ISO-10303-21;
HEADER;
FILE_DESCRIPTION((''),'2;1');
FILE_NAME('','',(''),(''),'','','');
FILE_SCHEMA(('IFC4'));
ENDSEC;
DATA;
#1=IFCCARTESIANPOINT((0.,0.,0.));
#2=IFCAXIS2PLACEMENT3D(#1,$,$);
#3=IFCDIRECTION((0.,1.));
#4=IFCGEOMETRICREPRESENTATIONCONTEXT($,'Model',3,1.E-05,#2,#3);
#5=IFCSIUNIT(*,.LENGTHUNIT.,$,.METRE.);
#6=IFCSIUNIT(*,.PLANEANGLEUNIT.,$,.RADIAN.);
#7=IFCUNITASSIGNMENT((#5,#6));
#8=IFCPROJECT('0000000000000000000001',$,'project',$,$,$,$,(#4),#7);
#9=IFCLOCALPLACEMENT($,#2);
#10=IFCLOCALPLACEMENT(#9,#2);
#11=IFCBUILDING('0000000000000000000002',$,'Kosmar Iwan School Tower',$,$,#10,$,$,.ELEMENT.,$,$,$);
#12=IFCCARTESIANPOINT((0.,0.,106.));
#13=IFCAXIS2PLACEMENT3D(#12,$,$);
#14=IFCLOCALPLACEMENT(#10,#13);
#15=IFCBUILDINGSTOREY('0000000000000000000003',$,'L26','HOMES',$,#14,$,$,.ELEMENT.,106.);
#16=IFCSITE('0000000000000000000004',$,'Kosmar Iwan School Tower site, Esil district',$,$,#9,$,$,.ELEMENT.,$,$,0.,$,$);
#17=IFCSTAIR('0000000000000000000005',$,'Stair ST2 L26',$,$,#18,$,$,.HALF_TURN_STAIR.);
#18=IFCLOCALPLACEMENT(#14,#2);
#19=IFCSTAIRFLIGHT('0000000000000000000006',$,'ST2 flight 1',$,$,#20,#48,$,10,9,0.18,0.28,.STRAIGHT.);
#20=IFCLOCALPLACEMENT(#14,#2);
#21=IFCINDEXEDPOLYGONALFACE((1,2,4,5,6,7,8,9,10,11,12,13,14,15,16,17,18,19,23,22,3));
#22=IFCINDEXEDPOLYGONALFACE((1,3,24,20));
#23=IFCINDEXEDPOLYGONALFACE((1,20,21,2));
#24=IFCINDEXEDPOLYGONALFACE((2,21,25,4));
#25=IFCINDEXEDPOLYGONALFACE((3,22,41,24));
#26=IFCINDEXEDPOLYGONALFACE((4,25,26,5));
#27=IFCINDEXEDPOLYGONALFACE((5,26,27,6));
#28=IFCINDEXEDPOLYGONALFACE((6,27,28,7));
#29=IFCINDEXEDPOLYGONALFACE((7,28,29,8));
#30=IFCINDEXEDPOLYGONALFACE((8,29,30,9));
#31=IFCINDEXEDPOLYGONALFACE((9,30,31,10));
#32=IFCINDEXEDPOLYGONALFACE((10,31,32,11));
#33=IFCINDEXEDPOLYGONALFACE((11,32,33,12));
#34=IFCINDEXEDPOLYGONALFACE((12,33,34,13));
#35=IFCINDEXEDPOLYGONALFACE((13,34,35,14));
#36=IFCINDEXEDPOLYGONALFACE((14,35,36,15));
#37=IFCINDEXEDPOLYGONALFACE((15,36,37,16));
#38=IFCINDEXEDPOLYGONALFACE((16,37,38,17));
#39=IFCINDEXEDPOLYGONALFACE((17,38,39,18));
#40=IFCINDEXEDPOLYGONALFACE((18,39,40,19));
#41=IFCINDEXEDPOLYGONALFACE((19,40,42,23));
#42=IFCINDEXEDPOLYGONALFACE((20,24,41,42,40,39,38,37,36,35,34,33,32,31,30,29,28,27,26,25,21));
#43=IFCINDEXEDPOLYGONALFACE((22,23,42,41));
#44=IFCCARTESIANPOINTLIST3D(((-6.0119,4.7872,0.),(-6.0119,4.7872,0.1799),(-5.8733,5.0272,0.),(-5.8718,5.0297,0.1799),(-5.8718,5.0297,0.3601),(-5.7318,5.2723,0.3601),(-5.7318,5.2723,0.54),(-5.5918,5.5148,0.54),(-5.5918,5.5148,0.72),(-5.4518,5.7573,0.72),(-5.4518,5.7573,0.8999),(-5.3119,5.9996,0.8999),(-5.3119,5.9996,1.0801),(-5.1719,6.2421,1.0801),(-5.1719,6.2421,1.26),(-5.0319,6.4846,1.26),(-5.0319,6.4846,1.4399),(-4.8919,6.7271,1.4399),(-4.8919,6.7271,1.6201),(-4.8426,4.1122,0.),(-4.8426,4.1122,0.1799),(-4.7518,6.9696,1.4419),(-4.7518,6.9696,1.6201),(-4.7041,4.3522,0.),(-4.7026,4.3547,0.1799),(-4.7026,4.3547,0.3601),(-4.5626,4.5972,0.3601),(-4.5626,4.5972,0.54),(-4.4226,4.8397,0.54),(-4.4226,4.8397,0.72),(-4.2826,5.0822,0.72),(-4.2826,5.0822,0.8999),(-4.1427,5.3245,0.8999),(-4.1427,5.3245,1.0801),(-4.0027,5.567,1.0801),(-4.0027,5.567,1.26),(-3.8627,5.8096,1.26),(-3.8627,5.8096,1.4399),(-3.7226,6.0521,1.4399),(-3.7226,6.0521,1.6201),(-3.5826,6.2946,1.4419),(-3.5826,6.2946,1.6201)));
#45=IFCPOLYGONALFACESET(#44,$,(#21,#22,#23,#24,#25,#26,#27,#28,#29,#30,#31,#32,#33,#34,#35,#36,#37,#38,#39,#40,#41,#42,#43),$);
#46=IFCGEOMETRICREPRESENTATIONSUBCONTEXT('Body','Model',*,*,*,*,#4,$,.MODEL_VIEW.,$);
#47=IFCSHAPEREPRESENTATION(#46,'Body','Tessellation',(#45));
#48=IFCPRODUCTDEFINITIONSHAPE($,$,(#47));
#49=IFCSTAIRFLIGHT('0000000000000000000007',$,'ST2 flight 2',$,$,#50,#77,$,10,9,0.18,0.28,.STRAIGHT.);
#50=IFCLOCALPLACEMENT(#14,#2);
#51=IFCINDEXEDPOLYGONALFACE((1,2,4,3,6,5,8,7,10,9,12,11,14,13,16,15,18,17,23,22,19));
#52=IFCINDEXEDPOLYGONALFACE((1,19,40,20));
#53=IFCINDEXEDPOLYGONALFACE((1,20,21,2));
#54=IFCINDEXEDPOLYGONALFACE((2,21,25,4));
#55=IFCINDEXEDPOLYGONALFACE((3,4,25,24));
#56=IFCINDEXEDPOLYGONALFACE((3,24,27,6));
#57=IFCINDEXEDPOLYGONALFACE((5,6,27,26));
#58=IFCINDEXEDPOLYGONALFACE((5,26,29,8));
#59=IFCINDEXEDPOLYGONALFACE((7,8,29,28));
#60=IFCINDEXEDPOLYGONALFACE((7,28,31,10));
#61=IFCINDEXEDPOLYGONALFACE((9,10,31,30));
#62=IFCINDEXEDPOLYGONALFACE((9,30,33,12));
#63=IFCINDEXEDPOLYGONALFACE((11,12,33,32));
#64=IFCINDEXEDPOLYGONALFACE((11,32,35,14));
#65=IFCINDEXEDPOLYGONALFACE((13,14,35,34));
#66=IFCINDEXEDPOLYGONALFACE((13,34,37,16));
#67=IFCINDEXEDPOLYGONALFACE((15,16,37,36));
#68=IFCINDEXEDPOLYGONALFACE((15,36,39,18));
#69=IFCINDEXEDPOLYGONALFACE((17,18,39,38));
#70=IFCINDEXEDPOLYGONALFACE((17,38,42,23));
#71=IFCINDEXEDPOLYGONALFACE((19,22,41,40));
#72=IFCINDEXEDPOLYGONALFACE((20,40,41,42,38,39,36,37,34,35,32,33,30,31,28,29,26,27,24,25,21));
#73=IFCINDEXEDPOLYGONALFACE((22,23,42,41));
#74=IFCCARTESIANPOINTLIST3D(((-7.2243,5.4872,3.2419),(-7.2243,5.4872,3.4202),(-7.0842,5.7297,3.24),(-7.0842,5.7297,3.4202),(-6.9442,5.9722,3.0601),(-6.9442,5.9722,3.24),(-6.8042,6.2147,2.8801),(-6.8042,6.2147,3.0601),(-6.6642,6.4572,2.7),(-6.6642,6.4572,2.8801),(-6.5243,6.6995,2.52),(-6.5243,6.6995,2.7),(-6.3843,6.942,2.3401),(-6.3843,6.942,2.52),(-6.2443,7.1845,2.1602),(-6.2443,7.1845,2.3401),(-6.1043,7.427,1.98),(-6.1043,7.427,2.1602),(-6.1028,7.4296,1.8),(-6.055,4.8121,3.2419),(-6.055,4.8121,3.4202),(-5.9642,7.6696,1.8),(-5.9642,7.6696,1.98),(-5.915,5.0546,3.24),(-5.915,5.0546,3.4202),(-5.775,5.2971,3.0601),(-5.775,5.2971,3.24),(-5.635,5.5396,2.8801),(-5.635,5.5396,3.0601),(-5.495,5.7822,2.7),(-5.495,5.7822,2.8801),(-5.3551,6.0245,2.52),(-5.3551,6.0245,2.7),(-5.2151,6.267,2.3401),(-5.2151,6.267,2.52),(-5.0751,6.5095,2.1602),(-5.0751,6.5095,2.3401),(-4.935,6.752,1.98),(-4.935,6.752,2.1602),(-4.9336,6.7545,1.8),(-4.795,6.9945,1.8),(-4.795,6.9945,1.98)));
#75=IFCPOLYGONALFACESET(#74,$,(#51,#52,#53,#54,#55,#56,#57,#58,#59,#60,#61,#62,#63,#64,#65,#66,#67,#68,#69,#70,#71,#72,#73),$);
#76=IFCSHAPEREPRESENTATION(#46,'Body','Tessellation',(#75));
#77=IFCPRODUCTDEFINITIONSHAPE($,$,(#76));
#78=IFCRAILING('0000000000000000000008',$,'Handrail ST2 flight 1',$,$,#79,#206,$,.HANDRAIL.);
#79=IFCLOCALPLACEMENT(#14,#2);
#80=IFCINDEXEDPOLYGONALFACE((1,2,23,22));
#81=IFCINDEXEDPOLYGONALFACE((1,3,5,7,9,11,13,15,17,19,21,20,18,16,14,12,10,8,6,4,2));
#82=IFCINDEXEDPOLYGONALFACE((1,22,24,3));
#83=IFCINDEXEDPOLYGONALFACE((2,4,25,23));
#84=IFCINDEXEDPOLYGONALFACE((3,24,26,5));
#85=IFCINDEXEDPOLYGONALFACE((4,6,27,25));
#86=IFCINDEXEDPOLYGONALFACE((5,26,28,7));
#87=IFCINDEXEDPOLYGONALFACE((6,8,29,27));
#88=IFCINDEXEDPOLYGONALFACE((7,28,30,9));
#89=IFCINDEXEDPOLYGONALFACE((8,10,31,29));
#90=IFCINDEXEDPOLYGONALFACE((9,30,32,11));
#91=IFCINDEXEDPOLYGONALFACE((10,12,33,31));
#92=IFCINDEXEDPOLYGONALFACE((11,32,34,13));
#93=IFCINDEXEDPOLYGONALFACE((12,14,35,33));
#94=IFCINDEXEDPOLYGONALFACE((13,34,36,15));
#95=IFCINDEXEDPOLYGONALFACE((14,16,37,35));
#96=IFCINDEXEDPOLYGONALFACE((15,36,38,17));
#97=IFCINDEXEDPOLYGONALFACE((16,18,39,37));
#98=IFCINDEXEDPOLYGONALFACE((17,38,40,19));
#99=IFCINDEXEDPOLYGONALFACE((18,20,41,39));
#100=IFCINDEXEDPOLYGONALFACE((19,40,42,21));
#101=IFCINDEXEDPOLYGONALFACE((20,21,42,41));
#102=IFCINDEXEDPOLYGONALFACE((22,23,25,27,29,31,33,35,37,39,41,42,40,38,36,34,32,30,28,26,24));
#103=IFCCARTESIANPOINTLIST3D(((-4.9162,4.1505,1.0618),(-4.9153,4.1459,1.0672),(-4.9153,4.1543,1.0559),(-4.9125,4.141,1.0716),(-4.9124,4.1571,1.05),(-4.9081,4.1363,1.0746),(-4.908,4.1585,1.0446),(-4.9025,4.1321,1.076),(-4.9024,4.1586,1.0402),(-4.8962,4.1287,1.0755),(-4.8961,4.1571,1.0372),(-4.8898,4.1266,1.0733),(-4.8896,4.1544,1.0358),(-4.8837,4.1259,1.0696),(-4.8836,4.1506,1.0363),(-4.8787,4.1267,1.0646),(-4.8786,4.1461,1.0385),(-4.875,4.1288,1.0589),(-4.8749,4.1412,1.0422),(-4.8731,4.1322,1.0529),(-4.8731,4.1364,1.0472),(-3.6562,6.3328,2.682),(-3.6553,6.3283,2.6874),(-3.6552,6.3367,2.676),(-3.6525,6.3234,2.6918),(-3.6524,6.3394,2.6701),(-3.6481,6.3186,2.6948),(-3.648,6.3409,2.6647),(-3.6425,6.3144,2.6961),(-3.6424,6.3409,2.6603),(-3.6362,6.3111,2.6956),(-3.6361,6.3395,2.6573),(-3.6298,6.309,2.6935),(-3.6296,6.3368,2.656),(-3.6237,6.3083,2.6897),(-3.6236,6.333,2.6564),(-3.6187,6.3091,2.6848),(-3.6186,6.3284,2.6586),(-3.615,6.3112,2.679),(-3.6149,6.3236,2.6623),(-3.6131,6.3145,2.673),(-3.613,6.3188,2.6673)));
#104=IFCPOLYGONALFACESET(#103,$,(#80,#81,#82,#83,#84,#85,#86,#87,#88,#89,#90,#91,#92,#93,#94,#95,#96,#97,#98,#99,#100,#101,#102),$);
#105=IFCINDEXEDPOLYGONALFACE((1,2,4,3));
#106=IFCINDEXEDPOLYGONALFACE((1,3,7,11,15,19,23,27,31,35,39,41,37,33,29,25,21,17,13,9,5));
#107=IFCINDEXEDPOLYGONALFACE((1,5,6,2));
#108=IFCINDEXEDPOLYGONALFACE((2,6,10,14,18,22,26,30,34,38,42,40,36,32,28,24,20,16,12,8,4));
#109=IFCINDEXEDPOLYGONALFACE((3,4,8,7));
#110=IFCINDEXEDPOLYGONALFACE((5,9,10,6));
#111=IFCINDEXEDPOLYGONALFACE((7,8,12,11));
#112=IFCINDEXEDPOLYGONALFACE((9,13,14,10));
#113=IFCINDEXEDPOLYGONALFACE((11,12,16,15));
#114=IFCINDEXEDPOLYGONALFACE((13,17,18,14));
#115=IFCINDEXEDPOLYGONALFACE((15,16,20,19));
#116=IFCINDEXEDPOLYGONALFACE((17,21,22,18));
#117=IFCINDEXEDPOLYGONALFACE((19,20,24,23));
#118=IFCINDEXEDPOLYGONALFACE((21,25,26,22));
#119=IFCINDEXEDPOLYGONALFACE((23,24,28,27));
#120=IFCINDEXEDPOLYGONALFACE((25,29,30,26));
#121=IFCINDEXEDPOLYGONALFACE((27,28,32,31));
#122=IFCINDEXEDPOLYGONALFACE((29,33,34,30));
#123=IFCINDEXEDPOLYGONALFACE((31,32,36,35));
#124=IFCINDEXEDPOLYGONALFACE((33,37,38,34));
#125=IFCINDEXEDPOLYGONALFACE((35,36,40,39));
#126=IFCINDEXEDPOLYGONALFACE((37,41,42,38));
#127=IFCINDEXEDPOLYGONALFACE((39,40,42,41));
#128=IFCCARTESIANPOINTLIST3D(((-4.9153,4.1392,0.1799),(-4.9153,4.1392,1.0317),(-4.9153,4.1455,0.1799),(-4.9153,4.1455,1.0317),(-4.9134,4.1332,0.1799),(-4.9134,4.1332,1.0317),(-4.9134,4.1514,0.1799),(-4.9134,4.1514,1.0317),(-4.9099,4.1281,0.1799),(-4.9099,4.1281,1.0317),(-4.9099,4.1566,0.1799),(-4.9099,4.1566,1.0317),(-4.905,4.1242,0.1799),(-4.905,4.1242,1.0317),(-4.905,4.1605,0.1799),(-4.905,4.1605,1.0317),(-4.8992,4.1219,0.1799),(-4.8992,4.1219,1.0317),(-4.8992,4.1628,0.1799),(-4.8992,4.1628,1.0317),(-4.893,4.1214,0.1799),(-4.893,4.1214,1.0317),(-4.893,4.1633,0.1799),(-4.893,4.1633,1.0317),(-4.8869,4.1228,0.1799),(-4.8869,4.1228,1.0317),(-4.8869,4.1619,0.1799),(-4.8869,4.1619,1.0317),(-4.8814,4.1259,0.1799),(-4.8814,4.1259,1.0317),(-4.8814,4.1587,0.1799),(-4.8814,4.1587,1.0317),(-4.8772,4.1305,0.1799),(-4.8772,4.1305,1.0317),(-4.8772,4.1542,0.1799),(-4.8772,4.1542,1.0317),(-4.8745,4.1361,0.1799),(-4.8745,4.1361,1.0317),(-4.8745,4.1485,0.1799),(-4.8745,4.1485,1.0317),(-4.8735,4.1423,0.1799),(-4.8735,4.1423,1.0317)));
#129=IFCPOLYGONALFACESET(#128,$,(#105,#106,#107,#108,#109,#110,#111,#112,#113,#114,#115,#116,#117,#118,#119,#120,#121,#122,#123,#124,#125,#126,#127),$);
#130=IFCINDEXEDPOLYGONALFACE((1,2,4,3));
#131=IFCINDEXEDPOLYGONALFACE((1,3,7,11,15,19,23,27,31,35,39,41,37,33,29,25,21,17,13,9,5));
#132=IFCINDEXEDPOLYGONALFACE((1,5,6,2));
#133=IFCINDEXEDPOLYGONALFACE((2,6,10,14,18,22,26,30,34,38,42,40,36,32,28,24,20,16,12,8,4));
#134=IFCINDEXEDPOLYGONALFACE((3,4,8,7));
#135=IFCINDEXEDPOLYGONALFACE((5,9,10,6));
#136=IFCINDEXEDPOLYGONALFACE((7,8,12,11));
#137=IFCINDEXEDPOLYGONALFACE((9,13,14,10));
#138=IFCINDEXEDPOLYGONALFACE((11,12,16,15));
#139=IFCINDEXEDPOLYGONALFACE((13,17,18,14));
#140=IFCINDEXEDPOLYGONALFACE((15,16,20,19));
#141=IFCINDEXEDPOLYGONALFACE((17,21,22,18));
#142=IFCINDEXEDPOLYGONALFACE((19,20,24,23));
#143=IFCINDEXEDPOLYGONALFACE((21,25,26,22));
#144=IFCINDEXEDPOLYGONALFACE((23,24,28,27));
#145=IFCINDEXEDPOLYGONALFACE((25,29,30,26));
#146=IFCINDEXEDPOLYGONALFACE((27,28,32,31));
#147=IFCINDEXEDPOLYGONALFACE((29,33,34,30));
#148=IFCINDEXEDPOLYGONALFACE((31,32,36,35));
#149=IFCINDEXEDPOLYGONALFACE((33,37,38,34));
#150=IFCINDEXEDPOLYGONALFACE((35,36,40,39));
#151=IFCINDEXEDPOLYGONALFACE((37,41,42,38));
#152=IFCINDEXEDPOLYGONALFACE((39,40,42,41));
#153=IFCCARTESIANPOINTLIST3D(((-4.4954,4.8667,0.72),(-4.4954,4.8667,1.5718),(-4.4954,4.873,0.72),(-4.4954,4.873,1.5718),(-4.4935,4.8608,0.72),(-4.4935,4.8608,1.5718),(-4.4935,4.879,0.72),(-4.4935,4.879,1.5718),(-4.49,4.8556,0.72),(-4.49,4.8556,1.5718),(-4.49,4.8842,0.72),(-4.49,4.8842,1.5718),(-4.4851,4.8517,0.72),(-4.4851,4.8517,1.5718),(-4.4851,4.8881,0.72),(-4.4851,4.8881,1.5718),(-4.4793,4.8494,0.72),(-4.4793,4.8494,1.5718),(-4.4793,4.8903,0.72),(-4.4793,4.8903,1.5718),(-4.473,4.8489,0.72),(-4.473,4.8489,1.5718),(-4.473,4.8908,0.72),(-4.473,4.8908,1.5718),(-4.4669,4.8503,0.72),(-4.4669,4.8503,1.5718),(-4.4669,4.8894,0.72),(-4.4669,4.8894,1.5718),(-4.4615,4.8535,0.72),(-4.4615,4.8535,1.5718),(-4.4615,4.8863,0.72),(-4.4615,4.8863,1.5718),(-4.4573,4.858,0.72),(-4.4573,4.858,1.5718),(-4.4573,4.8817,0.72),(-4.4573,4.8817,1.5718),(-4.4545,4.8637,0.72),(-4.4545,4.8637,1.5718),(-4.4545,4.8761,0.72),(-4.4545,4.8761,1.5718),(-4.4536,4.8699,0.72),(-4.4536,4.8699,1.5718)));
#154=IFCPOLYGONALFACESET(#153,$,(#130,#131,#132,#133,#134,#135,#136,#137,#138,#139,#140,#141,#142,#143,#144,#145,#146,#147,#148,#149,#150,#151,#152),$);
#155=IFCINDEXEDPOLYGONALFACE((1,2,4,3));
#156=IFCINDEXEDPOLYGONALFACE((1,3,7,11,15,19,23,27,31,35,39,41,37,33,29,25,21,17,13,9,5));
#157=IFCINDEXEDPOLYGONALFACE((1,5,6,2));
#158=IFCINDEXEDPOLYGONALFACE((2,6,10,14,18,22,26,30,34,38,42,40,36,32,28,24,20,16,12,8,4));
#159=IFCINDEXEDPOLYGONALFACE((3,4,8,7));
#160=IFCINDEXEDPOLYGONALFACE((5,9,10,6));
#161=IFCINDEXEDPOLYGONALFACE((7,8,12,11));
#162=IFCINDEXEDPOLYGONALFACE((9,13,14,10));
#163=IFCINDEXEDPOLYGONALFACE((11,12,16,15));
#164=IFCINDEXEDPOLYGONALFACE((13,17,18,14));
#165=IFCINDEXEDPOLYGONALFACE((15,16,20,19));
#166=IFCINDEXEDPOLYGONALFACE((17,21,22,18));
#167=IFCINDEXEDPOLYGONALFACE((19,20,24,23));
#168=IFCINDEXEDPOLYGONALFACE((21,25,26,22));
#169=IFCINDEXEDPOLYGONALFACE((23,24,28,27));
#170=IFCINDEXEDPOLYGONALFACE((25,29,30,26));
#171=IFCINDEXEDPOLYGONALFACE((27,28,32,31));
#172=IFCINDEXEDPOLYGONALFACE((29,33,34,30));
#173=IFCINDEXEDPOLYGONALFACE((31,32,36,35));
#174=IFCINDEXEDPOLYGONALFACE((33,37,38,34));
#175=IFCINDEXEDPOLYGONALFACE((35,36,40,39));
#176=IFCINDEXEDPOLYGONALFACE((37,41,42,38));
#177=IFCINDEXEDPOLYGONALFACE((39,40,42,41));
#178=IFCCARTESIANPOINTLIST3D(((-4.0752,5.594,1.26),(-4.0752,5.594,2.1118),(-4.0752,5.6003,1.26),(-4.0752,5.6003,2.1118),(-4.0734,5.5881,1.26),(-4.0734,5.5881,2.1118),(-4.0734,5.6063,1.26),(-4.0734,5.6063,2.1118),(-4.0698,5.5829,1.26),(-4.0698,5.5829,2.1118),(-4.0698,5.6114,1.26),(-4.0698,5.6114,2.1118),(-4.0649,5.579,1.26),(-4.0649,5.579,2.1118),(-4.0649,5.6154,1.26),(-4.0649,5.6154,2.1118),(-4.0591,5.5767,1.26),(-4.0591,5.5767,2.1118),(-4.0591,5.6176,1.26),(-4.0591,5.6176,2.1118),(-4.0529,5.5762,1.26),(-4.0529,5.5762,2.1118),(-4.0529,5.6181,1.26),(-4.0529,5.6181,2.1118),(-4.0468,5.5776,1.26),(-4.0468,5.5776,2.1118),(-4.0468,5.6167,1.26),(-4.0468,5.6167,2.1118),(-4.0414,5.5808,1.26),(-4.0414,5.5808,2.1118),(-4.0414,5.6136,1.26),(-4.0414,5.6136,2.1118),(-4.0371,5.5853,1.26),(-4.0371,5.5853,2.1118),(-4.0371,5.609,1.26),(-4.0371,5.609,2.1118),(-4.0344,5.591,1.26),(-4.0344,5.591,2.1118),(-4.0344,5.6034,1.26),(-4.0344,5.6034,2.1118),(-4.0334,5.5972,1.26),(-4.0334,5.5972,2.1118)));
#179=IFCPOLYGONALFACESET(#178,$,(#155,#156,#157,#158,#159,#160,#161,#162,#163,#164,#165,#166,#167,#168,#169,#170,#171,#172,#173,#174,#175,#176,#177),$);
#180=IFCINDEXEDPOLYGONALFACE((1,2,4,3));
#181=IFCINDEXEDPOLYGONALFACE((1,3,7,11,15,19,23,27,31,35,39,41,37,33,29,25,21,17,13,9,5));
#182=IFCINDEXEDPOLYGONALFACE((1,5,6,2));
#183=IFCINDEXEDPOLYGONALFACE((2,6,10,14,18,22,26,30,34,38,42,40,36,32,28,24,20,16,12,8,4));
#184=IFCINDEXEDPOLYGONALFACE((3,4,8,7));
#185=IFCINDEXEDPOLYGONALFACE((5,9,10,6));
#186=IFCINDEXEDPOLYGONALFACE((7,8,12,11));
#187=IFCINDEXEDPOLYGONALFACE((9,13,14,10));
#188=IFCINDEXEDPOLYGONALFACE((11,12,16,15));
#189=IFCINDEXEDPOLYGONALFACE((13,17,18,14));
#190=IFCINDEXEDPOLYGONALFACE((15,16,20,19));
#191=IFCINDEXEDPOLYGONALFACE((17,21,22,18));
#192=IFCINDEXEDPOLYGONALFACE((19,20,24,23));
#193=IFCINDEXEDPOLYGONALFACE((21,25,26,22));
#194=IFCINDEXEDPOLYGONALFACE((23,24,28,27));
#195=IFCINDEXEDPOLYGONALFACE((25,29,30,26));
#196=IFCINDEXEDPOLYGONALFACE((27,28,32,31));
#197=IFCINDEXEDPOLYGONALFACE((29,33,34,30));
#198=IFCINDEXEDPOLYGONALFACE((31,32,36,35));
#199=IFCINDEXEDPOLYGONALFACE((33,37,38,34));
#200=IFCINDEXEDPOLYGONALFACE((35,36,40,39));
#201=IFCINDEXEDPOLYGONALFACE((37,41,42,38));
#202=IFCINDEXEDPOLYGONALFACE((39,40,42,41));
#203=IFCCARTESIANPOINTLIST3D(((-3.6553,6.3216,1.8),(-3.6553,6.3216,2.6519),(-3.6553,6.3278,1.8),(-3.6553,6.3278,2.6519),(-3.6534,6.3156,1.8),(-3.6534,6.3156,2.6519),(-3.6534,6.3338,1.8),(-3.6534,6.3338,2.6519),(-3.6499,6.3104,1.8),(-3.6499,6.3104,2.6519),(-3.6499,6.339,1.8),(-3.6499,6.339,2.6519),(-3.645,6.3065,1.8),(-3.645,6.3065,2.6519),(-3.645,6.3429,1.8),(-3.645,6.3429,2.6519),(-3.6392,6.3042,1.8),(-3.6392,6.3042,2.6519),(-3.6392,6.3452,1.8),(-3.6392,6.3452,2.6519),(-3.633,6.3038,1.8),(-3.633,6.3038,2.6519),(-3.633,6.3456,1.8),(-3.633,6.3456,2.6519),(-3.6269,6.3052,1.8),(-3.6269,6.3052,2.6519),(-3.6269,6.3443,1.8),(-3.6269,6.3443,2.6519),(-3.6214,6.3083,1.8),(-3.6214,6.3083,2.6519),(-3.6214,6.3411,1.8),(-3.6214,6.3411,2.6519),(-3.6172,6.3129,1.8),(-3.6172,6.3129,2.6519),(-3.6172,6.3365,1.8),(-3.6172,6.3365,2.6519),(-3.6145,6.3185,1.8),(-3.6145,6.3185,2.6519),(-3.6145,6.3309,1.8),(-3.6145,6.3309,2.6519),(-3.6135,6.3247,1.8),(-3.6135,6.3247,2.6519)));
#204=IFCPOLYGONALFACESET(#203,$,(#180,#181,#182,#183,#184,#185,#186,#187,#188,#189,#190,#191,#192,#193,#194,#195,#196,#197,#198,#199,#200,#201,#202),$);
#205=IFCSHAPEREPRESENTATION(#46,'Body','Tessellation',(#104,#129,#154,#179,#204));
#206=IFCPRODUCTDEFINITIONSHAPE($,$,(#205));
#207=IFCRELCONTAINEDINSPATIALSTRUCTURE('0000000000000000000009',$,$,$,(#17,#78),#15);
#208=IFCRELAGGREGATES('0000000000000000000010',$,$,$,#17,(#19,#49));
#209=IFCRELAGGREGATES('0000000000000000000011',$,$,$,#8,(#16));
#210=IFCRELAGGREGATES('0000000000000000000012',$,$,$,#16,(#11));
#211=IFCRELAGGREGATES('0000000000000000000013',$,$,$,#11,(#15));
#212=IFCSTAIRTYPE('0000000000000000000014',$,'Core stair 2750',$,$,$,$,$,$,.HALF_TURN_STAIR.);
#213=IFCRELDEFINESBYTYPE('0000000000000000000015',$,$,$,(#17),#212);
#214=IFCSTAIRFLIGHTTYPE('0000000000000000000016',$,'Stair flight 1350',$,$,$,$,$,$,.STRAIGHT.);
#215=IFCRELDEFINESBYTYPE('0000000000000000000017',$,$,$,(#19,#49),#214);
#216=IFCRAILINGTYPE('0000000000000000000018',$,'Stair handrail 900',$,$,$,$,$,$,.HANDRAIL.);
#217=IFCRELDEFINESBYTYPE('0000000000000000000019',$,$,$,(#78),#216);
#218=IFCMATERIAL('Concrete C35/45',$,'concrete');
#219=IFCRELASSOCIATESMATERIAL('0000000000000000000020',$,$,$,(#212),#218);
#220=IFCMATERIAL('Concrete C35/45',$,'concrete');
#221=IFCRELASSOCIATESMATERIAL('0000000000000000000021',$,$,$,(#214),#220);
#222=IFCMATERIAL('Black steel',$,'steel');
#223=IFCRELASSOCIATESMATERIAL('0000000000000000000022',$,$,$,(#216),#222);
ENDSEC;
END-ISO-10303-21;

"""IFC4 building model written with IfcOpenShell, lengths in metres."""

from ifc_helpers import new_model, si_unit, direction, frame, origin, origin_2d, place, context, subcontext, project, spatial, polyline, circle, outline, extrude, material, type_object, element, aggregate, save


model = new_model("IFC4")

# Units and contexts
model_context = context("Model", 3, precision=1e-05, world=origin(), true_north=direction((0.0, 1.0)))
body_context = subcontext(model_context, "Body", "Model", "MODEL_VIEW")
ifc_project = project(units=[si_unit("LENGTHUNIT", "METRE"), si_unit("PLANEANGLEUNIT", "RADIAN")], contexts=[model_context])

# Site, building, storey
site_placement = place(None, origin())
site = spatial("IfcSite", under=ifc_project, at=site_placement, Name="Kosmar Iwan School Tower site, Esil district", CompositionType="ELEMENT", RefElevation=0.0)
building_placement = place(site_placement, origin())
building = spatial("IfcBuilding", under=site, at=building_placement, Name="Kosmar Iwan School Tower", CompositionType="ELEMENT")
storey_placement = place(building_placement, frame((0.0, 0.0, 106.0)))
storey = spatial("IfcBuildingStorey", under=building, at=storey_placement, Name="L26", Description="HOMES", CompositionType="ELEMENT", Elevation=106.0)

# Stair, stair flights
ifc_material_1 = material(Name="Concrete C35/45", Category="concrete")
stair_type = type_object("IfcStairType", Name="Core stair 2750", PredefinedType="HALF_TURN_STAIR", material=ifc_material_1)
stair_placement = place(storey_placement, origin())
stair = element("IfcStair", 1, at=stair_placement, inside=storey, type_object=stair_type, Name="Stair ST2 L26", PredefinedType="HALF_TURN_STAIR")
ifc_material_2 = material(Name="Concrete C35/45", Category="concrete")
stair_flight_type = type_object("IfcStairFlightType", Name="Stair flight 1350", PredefinedType="STRAIGHT", material=ifc_material_2)
stair_flight_1_placement = place(storey_placement, frame((-5.4272, 4.4497, 0.0), z_axis=(0.0, 0.0, 1.0), x_axis=(0.5, 0.866025, 0.0)))
stair_flight_1 = element("IfcStairFlight", 2, at=stair_flight_1_placement, type_object=stair_flight_type, Name="ST2 flight 1", NumberOfRisers=10, NumberOfTreads=9, PredefinedType="STRAIGHT", RiserHeight=0.18, TreadLength=0.28, context=body_context, shape_type="SweptSolid", body=[
    extrude(outline(polyline([(0.0, 0.0), (0.0, 0.1799), (0.28, 0.1799), (0.28, 0.3601), (0.5601, 0.3601), (0.5601, 0.54), (0.8401, 0.54), (0.8401, 0.72), (1.1201, 0.72), (1.1201, 0.8999), (1.3999, 0.8999), (1.3999, 1.0801), (1.6799, 1.0801), (1.6799, 1.26), (1.96, 1.26), (1.96, 1.4399), (2.24, 1.4399), (2.24, 1.6201), (2.52, 1.6201), (2.52, 1.8), (2.52, 1.4419), (0.2771, 0.0), (0.0, 0.0)])), frame((0.0, 0.675, 0.0), z_axis=(0.0, -1.0, 0.0), x_axis=(1.0, 0.0, 0.0)), (0.0, 0.0, 1.0), 1.3501),
])
stair_flight_2_placement = place(storey_placement, frame((-5.3796, 7.332, 1.8), z_axis=(0.0, 0.0, 1.0), x_axis=(-0.5, -0.866025, 0.0)))
stair_flight_2 = element("IfcStairFlight", 3, at=stair_flight_2_placement, type_object=stair_flight_type, Name="ST2 flight 2", NumberOfRisers=10, NumberOfTreads=9, PredefinedType="STRAIGHT", RiserHeight=0.18, TreadLength=0.28, context=body_context, shape_type="SweptSolid", body=[
    extrude(outline(polyline([(0.0, 0.0), (0.0, 0.1799), (0.28, 0.1799), (0.28, 0.3601), (0.5601, 0.3601), (0.5601, 0.54), (0.8401, 0.54), (0.8401, 0.72), (1.1201, 0.72), (1.1201, 0.8999), (1.3999, 0.8999), (1.3999, 1.0801), (1.6799, 1.0801), (1.6799, 1.26), (1.96, 1.26), (1.96, 1.4399), (2.24, 1.4399), (2.24, 1.6201), (2.52, 1.6201), (2.52, 1.8), (2.52, 1.4419), (0.2771, 0.0), (0.0, 0.0)])), frame((0.0, 0.675, 0.0), z_axis=(0.0, -1.0, 0.0), x_axis=(1.0, 0.0, 0.0)), (0.0, 0.0, 1.0), 1.3501),
])
aggregate(stair, [stair_flight_1, stair_flight_2])

# Railing
ifc_material_3 = material(Name="Black steel", Category="steel")
railing_type = type_object("IfcRailingType", Name="Stair handrail 900", PredefinedType="HANDRAIL", material=ifc_material_3)
railing_1_placement = place(storey_placement, frame((-4.8945, 4.1423, 0.1799)))
element("IfcRailing", 4, at=railing_1_placement, inside=storey, type_object=railing_type, Name="Handrail ST2 flight 1", PredefinedType="HANDRAIL", context=body_context, shape_type="SweptSolid", body=[
    extrude(circle(Radius=0.0239, at=origin_2d()), frame((0.0, 0.0, 0.876), z_axis=(0.420584, 0.728464, 0.540786), x_axis=(-0.866023, 0.500005, 0.0)), (0.0, 0.0, 1.0), 2.9958),
    extrude(circle(Radius=0.021, at=origin_2d()), origin(), (0.0, 0.0, 1.0), 0.8518),
    extrude(circle(Radius=0.021, at=origin_2d()), frame((0.4199, 0.7275, 0.54)), (0.0, 0.0, 1.0), 0.8518),
    extrude(circle(Radius=0.021, at=origin_2d()), frame((0.8401, 1.4548, 1.0801)), (0.0, 0.0, 1.0), 0.8518),
    extrude(circle(Radius=0.021, at=origin_2d()), frame((1.26, 2.1824, 1.6201)), (0.0, 0.0, 1.0), 0.8518),
])

save(model, "model.ifc")
